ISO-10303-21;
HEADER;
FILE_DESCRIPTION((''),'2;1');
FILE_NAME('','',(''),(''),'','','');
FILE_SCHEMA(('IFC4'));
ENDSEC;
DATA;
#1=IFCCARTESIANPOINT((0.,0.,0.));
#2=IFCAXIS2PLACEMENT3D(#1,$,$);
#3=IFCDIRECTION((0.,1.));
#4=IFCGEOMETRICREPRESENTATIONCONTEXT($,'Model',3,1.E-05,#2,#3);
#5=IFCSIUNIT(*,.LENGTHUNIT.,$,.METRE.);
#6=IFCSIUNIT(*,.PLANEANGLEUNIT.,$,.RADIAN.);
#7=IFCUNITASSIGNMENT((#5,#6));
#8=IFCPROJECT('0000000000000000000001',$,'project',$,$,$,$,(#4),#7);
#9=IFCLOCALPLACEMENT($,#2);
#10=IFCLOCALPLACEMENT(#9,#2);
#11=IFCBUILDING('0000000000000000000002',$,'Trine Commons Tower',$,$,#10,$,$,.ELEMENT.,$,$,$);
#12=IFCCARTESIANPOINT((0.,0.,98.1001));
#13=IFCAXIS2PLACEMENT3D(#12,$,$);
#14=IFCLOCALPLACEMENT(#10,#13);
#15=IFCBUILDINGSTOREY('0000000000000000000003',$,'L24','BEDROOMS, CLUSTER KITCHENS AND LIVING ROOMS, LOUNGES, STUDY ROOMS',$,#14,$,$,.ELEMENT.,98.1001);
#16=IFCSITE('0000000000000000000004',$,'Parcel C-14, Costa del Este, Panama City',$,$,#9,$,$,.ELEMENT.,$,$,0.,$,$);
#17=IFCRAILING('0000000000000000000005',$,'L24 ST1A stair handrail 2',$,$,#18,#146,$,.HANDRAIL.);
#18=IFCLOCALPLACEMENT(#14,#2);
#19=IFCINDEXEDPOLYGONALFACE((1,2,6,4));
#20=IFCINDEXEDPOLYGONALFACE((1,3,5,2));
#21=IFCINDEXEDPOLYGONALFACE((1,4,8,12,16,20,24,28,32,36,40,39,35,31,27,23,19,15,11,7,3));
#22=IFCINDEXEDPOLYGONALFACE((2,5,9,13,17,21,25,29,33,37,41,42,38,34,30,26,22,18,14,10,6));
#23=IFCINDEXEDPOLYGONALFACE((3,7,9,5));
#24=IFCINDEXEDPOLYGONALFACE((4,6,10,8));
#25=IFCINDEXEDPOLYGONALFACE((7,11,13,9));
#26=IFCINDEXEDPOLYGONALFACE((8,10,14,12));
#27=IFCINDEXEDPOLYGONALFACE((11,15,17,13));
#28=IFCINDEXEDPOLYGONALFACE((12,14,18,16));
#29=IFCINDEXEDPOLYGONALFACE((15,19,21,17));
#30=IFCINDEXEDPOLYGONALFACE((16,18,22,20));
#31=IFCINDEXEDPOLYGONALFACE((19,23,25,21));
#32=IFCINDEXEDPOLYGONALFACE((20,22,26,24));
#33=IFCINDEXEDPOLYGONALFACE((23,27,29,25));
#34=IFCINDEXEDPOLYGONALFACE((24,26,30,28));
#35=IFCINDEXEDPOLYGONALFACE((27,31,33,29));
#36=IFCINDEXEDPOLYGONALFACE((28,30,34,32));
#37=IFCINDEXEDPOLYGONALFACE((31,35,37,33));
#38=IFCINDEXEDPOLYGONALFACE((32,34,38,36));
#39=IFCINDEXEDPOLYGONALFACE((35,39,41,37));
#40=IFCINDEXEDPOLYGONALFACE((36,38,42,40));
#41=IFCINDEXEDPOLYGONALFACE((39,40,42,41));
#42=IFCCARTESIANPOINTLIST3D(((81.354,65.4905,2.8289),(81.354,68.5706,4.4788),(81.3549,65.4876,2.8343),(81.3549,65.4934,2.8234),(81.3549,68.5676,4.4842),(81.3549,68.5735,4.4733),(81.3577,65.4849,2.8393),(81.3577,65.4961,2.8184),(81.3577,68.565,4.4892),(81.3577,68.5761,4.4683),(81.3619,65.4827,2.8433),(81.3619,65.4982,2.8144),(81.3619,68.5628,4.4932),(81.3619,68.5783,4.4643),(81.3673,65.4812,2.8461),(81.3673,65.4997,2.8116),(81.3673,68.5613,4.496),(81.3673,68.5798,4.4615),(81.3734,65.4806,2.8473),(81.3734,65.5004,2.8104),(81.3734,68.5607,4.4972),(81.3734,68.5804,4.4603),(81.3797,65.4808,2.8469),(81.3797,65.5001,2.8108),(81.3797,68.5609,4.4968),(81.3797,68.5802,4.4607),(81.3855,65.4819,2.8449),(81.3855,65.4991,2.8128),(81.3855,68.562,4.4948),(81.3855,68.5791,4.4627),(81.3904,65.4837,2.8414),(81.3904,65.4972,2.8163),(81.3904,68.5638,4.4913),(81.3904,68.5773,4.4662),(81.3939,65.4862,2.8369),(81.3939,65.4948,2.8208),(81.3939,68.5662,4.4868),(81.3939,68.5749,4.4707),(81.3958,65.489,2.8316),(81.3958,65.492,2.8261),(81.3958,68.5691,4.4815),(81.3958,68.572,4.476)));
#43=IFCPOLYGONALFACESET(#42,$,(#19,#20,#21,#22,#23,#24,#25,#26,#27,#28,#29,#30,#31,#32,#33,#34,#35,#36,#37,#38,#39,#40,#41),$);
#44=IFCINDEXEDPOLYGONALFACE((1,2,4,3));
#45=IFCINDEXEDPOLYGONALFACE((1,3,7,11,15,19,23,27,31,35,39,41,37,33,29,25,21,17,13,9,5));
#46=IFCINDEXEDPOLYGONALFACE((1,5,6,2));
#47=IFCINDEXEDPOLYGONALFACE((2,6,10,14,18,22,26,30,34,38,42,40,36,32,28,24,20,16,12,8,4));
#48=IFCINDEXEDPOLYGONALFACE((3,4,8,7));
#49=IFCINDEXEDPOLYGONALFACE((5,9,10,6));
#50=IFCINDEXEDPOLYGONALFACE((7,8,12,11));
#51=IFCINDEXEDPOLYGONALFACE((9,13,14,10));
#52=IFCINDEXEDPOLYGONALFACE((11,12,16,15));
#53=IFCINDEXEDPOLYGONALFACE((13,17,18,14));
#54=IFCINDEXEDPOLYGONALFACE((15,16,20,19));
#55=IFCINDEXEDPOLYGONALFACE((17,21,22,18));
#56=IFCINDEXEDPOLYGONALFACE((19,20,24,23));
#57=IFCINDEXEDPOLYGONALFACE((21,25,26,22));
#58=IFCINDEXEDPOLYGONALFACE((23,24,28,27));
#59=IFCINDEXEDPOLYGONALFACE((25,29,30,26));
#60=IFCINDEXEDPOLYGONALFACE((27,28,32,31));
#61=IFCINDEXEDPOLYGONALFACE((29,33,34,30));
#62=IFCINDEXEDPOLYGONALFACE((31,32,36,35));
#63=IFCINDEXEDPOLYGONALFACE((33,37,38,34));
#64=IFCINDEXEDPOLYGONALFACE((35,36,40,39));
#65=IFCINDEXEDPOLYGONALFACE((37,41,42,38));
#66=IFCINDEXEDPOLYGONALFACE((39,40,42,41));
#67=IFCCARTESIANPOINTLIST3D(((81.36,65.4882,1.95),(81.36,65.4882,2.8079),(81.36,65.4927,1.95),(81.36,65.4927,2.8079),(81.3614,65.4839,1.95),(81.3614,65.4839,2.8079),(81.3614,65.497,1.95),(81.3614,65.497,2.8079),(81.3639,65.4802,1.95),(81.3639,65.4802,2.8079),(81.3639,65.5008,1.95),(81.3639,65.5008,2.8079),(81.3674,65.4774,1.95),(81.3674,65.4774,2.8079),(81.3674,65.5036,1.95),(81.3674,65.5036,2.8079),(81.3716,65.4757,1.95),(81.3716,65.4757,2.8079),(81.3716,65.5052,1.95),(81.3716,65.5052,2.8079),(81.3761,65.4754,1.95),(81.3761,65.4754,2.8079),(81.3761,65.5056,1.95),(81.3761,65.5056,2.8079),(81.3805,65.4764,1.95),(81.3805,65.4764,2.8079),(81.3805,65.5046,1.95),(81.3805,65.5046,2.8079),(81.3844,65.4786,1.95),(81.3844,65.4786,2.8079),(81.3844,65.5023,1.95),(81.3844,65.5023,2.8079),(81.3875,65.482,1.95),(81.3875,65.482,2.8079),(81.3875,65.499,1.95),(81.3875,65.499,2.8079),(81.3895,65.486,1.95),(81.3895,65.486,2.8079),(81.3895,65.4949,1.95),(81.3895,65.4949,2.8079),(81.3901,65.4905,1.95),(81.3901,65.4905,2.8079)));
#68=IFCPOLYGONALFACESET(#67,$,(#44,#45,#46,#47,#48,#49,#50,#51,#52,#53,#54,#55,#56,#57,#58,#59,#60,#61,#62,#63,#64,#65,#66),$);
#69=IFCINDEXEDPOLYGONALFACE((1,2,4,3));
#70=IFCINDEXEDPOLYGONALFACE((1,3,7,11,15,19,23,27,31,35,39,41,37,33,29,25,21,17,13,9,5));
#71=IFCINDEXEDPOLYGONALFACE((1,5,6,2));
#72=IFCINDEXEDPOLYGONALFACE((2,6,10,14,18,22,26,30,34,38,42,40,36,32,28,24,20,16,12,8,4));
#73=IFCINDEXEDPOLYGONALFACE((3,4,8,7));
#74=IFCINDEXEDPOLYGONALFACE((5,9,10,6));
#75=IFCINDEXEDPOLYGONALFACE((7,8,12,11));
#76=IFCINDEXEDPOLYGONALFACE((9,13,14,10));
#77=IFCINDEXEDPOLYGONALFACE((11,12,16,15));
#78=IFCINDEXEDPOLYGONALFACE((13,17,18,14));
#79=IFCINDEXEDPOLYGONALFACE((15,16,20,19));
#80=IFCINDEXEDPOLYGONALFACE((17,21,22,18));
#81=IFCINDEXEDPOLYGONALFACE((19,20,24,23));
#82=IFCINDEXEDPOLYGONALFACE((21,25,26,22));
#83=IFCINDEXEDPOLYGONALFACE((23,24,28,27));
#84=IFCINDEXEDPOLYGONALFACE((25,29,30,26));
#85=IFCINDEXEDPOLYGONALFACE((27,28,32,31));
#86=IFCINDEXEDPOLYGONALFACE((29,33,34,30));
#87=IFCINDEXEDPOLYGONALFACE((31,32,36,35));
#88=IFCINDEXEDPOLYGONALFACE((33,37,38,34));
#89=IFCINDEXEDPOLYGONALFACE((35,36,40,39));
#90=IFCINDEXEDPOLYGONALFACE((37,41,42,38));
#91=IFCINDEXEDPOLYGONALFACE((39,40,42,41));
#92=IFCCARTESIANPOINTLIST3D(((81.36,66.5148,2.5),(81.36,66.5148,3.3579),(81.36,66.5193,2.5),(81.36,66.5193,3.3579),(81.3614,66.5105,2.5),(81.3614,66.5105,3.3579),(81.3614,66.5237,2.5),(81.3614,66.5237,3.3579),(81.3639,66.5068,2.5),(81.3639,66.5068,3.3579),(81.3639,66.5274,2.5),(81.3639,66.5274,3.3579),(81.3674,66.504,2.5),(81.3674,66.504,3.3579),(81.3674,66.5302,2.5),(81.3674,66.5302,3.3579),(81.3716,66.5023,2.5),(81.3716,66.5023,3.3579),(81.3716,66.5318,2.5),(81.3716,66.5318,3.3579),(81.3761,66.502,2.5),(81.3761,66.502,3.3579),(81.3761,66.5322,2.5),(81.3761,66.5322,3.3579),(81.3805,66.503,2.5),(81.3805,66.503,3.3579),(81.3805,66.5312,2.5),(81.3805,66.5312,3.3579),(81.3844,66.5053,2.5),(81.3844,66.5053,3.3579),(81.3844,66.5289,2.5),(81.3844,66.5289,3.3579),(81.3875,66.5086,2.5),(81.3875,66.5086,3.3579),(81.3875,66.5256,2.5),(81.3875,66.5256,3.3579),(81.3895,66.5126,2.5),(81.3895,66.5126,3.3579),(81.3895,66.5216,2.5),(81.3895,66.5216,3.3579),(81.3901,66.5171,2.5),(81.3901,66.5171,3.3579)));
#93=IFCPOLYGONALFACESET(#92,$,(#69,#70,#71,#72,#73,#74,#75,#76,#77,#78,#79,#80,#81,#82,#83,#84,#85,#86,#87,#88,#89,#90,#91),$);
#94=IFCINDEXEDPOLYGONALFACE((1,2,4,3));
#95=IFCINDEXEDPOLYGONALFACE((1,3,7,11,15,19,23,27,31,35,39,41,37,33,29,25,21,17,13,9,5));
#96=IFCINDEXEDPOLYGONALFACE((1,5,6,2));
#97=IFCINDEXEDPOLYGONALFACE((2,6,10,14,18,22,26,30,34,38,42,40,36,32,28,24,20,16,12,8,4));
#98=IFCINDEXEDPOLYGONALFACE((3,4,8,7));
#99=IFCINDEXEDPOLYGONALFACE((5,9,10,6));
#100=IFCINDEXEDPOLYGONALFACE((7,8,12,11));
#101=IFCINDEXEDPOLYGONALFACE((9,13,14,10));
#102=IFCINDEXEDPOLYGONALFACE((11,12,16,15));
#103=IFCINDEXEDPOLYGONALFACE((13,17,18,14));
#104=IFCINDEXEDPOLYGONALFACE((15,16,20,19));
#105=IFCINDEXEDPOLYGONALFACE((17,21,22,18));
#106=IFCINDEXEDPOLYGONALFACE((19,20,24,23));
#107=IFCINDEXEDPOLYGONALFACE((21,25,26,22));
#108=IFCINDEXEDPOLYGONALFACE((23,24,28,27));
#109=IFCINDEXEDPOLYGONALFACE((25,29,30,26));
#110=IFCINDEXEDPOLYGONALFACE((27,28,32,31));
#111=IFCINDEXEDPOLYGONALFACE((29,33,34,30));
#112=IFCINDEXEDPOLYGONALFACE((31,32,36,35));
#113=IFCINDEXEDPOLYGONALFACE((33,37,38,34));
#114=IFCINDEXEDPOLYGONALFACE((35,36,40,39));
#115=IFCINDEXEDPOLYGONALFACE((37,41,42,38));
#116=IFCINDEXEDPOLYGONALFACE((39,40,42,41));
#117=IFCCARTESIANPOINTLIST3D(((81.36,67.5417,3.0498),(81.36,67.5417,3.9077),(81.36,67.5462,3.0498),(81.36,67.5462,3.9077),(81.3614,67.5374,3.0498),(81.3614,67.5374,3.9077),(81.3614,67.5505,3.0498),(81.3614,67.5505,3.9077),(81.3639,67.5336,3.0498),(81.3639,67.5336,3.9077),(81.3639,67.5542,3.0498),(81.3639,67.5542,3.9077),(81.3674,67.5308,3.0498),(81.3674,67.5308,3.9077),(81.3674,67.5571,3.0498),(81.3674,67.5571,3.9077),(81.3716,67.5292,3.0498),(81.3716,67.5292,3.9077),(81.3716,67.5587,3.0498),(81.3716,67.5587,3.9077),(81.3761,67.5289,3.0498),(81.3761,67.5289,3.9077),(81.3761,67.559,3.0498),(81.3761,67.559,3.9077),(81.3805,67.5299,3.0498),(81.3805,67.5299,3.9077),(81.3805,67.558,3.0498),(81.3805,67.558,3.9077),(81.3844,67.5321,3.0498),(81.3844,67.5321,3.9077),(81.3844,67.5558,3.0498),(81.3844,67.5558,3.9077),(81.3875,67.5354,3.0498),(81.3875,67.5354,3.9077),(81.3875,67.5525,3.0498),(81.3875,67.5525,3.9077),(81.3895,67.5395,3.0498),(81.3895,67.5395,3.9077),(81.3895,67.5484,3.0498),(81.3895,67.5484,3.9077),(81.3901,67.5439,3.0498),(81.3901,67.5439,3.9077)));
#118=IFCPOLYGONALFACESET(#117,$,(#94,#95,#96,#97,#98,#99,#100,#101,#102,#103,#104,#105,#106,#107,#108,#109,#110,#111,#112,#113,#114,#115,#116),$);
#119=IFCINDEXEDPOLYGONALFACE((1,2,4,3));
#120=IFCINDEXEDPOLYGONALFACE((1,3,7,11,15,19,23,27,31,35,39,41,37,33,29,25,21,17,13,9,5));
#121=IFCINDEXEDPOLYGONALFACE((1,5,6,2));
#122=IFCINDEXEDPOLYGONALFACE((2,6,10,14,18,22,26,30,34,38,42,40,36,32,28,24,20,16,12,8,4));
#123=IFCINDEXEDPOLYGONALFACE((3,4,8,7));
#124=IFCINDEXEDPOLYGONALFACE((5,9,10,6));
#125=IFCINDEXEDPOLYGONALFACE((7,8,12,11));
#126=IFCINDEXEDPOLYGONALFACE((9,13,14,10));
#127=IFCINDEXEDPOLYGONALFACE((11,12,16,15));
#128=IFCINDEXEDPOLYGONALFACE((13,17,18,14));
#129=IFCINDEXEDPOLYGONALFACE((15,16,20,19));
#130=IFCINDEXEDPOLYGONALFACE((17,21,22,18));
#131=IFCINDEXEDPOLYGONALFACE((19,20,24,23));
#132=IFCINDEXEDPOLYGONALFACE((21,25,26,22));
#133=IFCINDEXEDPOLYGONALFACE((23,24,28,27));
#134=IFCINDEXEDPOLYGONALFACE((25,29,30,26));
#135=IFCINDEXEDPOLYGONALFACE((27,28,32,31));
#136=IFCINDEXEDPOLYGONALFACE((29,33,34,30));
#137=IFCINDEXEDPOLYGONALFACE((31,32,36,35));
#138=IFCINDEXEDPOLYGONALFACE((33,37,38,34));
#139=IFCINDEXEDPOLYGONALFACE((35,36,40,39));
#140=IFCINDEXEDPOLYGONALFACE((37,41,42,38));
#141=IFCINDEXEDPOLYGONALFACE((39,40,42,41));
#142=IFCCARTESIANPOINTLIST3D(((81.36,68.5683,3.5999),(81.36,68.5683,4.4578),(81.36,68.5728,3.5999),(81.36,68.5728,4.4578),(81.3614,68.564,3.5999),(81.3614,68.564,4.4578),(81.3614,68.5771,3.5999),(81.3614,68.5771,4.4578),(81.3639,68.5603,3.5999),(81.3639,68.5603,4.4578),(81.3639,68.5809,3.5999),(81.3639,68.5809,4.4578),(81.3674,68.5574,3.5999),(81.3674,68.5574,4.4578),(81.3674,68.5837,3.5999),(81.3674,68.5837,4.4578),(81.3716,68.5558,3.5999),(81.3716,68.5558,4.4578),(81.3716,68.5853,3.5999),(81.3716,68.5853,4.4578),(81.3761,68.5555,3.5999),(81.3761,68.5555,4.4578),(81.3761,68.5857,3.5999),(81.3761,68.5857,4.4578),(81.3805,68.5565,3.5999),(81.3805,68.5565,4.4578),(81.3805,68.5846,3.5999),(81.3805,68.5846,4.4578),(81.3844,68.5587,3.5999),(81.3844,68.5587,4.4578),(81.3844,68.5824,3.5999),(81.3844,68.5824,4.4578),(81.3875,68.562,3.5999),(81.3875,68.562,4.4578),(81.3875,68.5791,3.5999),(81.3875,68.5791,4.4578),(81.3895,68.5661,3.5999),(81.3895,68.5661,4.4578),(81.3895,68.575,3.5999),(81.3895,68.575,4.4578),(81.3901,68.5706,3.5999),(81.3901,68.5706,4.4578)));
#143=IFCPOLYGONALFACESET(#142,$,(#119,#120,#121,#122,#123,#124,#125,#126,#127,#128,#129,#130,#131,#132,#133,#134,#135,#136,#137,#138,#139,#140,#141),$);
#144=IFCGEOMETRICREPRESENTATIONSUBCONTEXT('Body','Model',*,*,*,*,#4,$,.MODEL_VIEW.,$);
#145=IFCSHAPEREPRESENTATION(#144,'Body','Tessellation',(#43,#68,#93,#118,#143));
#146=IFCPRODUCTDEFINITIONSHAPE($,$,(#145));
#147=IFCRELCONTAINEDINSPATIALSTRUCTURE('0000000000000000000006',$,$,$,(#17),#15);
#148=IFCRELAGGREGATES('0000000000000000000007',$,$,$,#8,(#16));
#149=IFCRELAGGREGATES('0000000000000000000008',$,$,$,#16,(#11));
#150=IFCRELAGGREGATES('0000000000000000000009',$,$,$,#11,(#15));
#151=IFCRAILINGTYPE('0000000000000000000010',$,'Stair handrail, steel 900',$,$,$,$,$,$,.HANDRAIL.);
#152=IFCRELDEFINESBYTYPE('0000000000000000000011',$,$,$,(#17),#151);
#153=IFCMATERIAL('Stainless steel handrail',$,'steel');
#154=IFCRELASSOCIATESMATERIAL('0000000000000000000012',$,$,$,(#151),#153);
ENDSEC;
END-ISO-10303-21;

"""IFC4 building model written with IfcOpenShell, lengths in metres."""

from ifc_helpers import new_model, si_unit, direction, frame, origin, origin_2d, place, context, subcontext, project, spatial, circle, extrude, material, type_object, element, save


model = new_model("IFC4")

# Units and contexts
model_context = context("Model", 3, precision=1e-05, world=origin(), true_north=direction((0.0, 1.0)))
body_context = subcontext(model_context, "Body", "Model", "MODEL_VIEW")
ifc_project = project(units=[si_unit("LENGTHUNIT", "METRE"), si_unit("PLANEANGLEUNIT", "RADIAN")], contexts=[model_context])

# Site, building, storey
site_placement = place(None, origin())
site = spatial("IfcSite", under=ifc_project, at=site_placement, Name="Parcel C-14, Costa del Este, Panama City", CompositionType="ELEMENT", RefElevation=0.0)
building_placement = place(site_placement, origin())
building = spatial("IfcBuilding", under=site, at=building_placement, Name="Trine Commons Tower", CompositionType="ELEMENT")
storey_placement = place(building_placement, frame((0.0, 0.0, 98.1001)))
storey = spatial("IfcBuildingStorey", under=building, at=storey_placement, Name="L24", Description="BEDROOMS, CLUSTER KITCHENS AND LIVING ROOMS, LOUNGES, STUDY ROOMS", CompositionType="ELEMENT", Elevation=98.1001)

# Railing
ifc_material_1 = material(Name="Stainless steel handrail", Category="steel")
railing_type_1 = type_object("IfcRailingType", Name="Stair handrail, steel 900", PredefinedType="HANDRAIL", material=ifc_material_1)
railing_1_placement = place(storey_placement, frame((81.375, 65.4905, 1.95)))
element("IfcRailing", 1, at=railing_1_placement, inside=storey, type_object=railing_type_1, Name="L24 ST1A stair handrail 2", PredefinedType="HANDRAIL", context=body_context, shape_type="SweptSolid", body=[
    extrude(circle(Radius=0.021, at=origin_2d()), frame((0.0, 0.0, 0.8789), z_axis=(0.0, 0.881497, 0.47219), x_axis=(-1.0, 0.0, 0.0)), (0.0, 0.0, 1.0), 3.4941),
    extrude(circle(Radius=0.0151, at=origin_2d()), origin(), (0.0, 0.0, 1.0), 0.8579),
    extrude(circle(Radius=0.0151, at=origin_2d()), frame((0.0, 1.0266, 0.55)), (0.0, 0.0, 1.0), 0.8579),
    extrude(circle(Radius=0.0151, at=origin_2d()), frame((0.0, 2.0535, 1.0999)), (0.0, 0.0, 1.0), 0.8579),
    extrude(circle(Radius=0.0151, at=origin_2d()), frame((0.0, 3.0801, 1.6499)), (0.0, 0.0, 1.0), 0.8579),
])

save(model, "model.ifc")
